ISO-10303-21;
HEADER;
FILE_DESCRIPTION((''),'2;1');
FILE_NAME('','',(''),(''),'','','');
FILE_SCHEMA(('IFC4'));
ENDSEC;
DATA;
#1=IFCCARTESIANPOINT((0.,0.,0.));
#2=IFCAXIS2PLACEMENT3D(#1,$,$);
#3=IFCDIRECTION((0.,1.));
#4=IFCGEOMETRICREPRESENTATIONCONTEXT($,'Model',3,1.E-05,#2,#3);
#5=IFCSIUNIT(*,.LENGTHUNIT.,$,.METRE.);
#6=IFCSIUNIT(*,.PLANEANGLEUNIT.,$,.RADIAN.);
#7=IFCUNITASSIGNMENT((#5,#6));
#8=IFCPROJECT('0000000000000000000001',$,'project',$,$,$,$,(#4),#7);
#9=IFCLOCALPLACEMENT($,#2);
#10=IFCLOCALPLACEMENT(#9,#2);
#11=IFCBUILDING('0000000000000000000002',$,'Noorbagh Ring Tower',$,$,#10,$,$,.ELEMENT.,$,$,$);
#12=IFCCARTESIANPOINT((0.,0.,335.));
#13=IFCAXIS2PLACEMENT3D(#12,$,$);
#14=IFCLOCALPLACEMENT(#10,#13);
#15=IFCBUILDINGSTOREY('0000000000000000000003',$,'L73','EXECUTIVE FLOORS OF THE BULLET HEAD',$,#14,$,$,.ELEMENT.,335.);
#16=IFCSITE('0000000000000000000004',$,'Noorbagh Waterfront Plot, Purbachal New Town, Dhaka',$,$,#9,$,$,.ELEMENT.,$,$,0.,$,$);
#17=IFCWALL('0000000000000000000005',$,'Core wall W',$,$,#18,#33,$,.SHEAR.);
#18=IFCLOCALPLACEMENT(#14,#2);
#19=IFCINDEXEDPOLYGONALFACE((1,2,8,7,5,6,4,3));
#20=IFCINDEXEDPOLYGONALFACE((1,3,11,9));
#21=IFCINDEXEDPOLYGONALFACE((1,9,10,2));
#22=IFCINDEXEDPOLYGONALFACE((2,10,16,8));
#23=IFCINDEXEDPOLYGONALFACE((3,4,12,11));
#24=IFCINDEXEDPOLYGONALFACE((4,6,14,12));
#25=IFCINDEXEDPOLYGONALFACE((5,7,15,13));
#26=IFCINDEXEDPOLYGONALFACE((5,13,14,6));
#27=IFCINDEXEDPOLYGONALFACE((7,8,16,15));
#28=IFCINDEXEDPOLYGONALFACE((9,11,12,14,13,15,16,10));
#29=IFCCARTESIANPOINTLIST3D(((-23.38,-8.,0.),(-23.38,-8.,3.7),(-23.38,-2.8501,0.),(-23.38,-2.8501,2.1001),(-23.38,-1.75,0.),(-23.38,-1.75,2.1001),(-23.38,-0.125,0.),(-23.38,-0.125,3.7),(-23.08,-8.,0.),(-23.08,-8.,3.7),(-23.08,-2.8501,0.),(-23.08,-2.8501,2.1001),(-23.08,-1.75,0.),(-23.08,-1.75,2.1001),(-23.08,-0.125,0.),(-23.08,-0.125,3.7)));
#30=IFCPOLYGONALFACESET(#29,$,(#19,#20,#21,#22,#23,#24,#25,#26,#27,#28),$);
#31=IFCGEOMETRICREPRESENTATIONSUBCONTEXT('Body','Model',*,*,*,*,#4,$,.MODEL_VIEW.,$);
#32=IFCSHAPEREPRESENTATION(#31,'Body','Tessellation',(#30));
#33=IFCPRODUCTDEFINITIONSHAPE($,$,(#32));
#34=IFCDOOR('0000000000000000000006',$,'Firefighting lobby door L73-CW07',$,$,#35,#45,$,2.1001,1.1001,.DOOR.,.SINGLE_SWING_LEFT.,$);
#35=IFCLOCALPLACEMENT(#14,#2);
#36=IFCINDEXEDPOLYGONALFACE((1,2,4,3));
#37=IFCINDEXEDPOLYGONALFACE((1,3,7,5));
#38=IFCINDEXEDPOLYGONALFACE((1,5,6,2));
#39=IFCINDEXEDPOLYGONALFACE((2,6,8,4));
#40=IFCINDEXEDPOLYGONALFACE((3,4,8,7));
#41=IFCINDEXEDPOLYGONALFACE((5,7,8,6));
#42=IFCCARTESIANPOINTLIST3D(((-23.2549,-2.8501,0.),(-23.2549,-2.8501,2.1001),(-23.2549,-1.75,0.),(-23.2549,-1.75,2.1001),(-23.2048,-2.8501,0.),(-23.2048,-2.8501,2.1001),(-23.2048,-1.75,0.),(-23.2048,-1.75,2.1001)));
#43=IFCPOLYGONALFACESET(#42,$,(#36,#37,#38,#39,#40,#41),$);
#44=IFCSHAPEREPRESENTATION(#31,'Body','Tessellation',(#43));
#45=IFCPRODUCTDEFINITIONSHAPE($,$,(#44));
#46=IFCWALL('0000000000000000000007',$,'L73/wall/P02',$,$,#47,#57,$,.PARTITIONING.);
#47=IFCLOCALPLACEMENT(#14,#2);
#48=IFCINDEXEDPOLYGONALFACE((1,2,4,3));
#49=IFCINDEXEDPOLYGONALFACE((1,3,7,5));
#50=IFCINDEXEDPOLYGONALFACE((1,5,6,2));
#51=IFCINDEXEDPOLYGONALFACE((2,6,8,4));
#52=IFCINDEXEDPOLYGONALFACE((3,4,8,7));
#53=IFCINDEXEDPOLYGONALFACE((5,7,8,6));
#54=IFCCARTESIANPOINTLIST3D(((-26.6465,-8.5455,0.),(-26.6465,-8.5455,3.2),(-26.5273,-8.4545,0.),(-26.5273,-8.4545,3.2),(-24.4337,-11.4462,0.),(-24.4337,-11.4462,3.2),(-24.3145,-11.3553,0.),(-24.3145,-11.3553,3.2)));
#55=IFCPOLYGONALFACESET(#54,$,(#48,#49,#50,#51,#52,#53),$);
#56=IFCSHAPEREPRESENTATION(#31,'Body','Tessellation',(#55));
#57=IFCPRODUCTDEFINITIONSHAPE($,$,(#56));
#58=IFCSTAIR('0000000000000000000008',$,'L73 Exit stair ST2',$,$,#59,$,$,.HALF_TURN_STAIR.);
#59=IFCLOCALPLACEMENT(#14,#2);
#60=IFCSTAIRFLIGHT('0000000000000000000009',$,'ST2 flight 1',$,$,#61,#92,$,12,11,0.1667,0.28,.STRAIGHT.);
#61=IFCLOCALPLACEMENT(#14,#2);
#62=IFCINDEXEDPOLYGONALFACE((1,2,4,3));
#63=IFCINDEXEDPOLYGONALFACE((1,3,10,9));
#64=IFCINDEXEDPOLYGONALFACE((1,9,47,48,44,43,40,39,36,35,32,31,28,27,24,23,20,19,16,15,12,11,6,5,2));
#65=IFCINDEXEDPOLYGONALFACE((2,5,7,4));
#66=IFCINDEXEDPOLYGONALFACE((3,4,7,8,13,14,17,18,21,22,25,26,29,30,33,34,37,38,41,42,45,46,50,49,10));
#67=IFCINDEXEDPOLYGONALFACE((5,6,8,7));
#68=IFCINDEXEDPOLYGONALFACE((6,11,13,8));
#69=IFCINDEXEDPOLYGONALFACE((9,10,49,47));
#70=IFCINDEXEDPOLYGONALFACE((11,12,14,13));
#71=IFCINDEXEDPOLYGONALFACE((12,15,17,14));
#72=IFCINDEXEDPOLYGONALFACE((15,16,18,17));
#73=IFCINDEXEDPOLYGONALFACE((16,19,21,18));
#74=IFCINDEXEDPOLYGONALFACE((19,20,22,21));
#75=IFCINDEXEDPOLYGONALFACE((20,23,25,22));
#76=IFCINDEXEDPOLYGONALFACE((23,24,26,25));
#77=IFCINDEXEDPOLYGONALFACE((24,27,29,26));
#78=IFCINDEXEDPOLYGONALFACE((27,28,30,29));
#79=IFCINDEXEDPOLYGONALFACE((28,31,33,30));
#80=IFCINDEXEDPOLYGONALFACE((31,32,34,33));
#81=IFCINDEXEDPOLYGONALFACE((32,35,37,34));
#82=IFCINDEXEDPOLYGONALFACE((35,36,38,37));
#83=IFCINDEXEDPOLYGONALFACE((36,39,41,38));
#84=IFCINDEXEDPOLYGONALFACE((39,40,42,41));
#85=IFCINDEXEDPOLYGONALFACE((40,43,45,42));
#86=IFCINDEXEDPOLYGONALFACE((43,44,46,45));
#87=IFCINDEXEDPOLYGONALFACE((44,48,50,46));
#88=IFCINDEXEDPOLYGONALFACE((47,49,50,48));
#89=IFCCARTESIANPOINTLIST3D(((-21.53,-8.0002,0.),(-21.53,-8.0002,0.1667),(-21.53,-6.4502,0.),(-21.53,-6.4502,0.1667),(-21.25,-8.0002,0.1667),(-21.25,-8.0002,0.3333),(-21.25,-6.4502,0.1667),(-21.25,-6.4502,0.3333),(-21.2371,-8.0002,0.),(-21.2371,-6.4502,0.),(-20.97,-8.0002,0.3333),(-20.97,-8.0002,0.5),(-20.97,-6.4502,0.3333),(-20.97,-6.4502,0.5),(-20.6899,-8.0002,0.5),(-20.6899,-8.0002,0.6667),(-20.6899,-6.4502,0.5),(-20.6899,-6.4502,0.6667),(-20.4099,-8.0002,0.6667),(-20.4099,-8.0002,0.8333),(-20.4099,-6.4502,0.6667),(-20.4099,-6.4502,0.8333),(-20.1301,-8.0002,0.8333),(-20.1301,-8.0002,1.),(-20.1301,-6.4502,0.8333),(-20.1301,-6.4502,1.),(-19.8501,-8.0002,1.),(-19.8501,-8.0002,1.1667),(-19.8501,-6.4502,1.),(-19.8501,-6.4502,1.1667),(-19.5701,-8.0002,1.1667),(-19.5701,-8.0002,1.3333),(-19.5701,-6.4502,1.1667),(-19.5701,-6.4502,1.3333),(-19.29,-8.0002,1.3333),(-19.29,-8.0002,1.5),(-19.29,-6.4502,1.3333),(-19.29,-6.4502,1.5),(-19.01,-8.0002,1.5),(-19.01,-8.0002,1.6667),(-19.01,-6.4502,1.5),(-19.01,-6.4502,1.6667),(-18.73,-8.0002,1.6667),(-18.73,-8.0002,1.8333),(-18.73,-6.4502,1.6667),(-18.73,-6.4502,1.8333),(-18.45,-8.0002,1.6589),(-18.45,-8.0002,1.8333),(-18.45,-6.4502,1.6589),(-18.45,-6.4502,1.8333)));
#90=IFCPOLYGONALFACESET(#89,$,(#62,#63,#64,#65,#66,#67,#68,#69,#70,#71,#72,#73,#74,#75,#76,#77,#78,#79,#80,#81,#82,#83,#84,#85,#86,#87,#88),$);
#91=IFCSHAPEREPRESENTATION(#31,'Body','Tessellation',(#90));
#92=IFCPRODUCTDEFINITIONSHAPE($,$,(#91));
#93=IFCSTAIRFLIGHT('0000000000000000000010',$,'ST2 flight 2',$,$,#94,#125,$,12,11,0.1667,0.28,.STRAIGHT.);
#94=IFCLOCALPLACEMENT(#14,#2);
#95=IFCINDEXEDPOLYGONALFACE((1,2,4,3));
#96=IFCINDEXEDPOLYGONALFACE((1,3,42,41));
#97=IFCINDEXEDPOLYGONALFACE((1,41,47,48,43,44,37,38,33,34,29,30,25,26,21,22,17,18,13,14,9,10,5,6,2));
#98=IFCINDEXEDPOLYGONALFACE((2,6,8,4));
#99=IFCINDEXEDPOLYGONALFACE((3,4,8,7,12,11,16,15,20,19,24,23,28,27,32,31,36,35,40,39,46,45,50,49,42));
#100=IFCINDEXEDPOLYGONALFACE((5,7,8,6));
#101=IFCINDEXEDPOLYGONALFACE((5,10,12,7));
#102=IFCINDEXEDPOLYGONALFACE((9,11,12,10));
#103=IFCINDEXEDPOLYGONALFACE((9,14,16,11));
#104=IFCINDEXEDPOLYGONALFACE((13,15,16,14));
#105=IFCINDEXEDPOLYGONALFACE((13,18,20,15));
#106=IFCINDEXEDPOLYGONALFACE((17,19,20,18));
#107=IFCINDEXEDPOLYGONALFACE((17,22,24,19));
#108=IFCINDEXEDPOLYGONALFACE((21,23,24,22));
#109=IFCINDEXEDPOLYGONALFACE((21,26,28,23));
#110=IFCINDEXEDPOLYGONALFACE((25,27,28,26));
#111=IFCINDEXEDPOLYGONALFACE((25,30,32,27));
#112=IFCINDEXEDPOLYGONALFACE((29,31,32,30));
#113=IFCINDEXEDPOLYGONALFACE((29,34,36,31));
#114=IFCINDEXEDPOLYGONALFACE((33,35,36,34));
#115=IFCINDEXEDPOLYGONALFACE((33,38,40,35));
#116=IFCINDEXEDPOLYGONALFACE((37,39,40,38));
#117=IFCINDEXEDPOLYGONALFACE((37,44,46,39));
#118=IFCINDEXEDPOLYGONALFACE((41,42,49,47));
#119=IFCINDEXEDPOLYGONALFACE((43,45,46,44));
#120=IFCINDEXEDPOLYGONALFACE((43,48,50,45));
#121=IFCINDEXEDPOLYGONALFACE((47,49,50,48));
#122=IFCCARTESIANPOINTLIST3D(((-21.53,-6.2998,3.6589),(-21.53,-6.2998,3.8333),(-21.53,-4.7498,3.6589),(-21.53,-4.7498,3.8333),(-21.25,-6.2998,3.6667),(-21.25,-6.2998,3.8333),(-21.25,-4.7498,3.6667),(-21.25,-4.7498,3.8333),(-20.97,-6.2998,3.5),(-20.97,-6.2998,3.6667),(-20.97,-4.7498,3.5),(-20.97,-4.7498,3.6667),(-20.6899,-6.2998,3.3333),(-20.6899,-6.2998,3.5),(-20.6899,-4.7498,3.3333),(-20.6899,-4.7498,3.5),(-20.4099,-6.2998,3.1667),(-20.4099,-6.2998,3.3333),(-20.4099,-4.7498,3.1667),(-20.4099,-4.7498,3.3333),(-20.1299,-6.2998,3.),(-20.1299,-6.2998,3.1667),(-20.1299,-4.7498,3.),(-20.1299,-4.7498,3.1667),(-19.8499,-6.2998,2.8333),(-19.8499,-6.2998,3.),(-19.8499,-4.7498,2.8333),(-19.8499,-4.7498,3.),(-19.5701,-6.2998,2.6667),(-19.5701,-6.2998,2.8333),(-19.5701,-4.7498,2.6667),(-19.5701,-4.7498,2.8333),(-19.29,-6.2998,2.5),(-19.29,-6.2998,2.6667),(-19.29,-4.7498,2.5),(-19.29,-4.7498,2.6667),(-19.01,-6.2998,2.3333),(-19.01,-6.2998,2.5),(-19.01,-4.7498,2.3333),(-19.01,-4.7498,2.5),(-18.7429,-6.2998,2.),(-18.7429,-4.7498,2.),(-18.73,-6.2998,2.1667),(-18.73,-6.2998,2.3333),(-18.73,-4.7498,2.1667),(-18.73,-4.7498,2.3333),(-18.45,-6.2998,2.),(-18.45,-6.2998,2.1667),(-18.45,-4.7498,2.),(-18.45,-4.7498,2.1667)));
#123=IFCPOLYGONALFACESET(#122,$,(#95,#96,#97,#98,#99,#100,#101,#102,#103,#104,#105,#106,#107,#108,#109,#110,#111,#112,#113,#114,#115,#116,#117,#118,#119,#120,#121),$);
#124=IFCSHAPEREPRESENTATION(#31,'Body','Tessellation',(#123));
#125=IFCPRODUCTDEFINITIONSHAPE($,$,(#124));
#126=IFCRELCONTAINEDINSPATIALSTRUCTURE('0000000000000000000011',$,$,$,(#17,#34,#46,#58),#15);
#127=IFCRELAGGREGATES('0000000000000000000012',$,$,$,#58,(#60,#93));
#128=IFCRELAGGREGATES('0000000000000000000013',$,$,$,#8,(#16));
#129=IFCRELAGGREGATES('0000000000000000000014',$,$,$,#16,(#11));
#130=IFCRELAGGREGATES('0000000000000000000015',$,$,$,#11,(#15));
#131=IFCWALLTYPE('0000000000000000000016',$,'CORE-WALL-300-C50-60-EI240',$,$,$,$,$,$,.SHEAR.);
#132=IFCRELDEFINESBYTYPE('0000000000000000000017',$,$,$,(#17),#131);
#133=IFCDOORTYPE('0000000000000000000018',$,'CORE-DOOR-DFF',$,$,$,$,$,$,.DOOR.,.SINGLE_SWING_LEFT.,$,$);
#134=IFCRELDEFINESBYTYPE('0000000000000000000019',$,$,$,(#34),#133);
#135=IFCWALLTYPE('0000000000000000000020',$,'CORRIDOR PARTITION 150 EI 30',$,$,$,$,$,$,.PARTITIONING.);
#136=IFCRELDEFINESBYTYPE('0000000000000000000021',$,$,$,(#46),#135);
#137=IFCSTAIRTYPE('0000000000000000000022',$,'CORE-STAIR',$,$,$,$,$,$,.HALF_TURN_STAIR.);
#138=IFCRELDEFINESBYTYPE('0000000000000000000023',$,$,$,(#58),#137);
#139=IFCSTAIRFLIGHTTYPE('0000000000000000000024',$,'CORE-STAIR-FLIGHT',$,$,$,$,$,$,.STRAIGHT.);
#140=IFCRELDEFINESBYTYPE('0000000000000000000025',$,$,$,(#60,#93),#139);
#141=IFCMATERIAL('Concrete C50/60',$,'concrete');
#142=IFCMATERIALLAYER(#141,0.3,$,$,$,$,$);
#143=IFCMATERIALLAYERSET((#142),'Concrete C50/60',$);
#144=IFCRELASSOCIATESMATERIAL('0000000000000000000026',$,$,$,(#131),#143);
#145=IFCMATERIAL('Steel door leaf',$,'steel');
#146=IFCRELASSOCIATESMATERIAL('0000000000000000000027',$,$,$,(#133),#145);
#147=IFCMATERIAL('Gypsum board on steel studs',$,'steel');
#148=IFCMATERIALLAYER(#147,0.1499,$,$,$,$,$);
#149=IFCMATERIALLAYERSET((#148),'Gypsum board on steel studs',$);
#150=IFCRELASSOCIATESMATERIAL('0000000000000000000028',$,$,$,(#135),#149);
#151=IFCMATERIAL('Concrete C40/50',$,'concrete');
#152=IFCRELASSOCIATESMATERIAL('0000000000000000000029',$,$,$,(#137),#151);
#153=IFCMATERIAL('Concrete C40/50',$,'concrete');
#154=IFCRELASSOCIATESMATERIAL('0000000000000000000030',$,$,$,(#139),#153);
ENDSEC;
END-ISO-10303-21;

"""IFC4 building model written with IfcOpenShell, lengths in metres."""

from ifc_helpers import new_model, si_unit, direction, frame, frame_2d, origin, place, context, subcontext, project, spatial, polyline, rectangle, outline, extrude, material, layer, layer_set, type_object, element, fill, aggregate, save


model = new_model("IFC4")

# Units and contexts
model_context = context("Model", 3, precision=1e-05, world=origin(), true_north=direction((0.0, 1.0)))
body_context = subcontext(model_context, "Body", "Model", "MODEL_VIEW")
ifc_project = project(units=[si_unit("LENGTHUNIT", "METRE"), si_unit("PLANEANGLEUNIT", "RADIAN")], contexts=[model_context])

# Site, building, storey
site_placement = place(None, origin())
site = spatial("IfcSite", under=ifc_project, at=site_placement, Name="Noorbagh Waterfront Plot, Purbachal New Town, Dhaka", CompositionType="ELEMENT", RefElevation=0.0)
building_placement = place(site_placement, origin())
building = spatial("IfcBuilding", under=site, at=building_placement, Name="Noorbagh Ring Tower", CompositionType="ELEMENT")
storey_placement = place(building_placement, frame((0.0, 0.0, 335.0)))
storey = spatial("IfcBuildingStorey", under=building, at=storey_placement, Name="L73", Description="EXECUTIVE FLOORS OF THE BULLET HEAD", CompositionType="ELEMENT", Elevation=335.0)

# Wall, opening, door
ifc_material_1 = material(Name="Concrete C50/60", Category="concrete")
ifc_layer_1 = layer(ifc_material_1, 0.3)
ifc_layer_set_1 = layer_set([ifc_layer_1], Name="Concrete C50/60")
wall_type_1 = type_object("IfcWallType", Name="CORE-WALL-300-C50-60-EI240", PredefinedType="SHEAR", material=ifc_layer_set_1)
wall_1_placement = place(storey_placement, frame((-23.23, -8.0, 0.0), z_axis=(0.0, 0.0, 1.0), x_axis=(0.0, 1.0, 0.0)))
wall_1 = element("IfcWall", 1, at=wall_1_placement, inside=storey, type_object=wall_type_1, Name="Core wall W", PredefinedType="SHEAR", context=body_context, shape_type="SweptSolid", body=[
    extrude(rectangle(XDim=7.875, YDim=0.3, at=frame_2d((3.9375, 0.0))), origin(), (0.0, 0.0, 1.0), 3.7),
])
opening_1_placement = place(wall_1_placement, frame((5.1499, 0.0, 0.0)))
opening_1 = element("IfcOpeningElement", 2, at=opening_1_placement, cuts=wall_1, PredefinedType="OPENING", context=body_context, shape_type="SweptSolid", body=[
    extrude(rectangle(XDim=1.1001, YDim=2.1001, at=frame_2d((0.55, 1.05))), frame((0.0, 0.1602, 0.0), z_axis=(0.0, -1.0, 0.0), x_axis=(1.0, 0.0, 0.0)), (0.0, 0.0, 1.0), 0.3201),
])
ifc_material_2 = material(Name="Steel door leaf", Category="steel")
door_type_1 = type_object("IfcDoorType", Name="CORE-DOOR-DFF", OperationType="SINGLE_SWING_LEFT", PredefinedType="DOOR", material=ifc_material_2)
door_1_placement = place(opening_1_placement, origin())
door_1 = element("IfcDoor", 3, at=door_1_placement, inside=storey, type_object=door_type_1, Name="Firefighting lobby door L73-CW07", OperationType="SINGLE_SWING_LEFT", OverallHeight=2.1001, OverallWidth=1.1001, PredefinedType="DOOR", context=body_context, shape_type="SweptSolid", body=[
    extrude(rectangle(XDim=1.1001, YDim=2.1001, at=frame_2d((0.55, 1.05))), frame((0.0, 0.0249, 0.0), z_axis=(0.0, -1.0, 0.0), x_axis=(1.0, 0.0, 0.0)), (0.0, 0.0, 1.0), 0.05),
])
fill(opening_1, door_1)

# Wall
ifc_material_3 = material(Name="Gypsum board on steel studs", Category="steel")
ifc_layer_2 = layer(ifc_material_3, 0.1499)
ifc_layer_set_2 = layer_set([ifc_layer_2], Name="Gypsum board on steel studs")
wall_type_2 = type_object("IfcWallType", Name="CORRIDOR PARTITION 150 EI 30", PredefinedType="PARTITIONING", material=ifc_layer_set_2)
wall_2_placement = place(storey_placement, frame((-26.5869, -8.5, 0.0), z_axis=(0.0, 0.0, 1.0), x_axis=(0.606511, -0.795075, 0.0)))
element("IfcWall", 4, at=wall_2_placement, inside=storey, type_object=wall_type_2, Name="L73/wall/P02", PredefinedType="PARTITIONING", context=body_context, shape_type="SweptSolid", body=[
    extrude(rectangle(XDim=3.6484, YDim=0.1499, at=frame_2d((1.8242, 0.0))), origin(), (0.0, 0.0, 1.0), 3.2),
])

# Stair, stair flights
ifc_material_4 = material(Name="Concrete C40/50", Category="concrete")
stair_type = type_object("IfcStairType", Name="CORE-STAIR", PredefinedType="HALF_TURN_STAIR", material=ifc_material_4)
stair_placement = place(storey_placement, origin())
stair = element("IfcStair", 5, at=stair_placement, inside=storey, type_object=stair_type, Name="L73 Exit stair ST2", PredefinedType="HALF_TURN_STAIR")
ifc_material_5 = material(Name="Concrete C40/50", Category="concrete")
stair_flight_type = type_object("IfcStairFlightType", Name="CORE-STAIR-FLIGHT", PredefinedType="STRAIGHT", material=ifc_material_5)
stair_flight_1_placement = place(storey_placement, frame((-21.53, -7.2251, 0.0), z_axis=(0.0, 0.0, 1.0), x_axis=(1.0, 0.0, 0.0)))
stair_flight_1 = element("IfcStairFlight", 6, at=stair_flight_1_placement, type_object=stair_flight_type, Name="ST2 flight 1", NumberOfRisers=12, NumberOfTreads=11, PredefinedType="STRAIGHT", RiserHeight=0.1667, TreadLength=0.28, context=body_context, shape_type="SweptSolid", body=[
    extrude(outline(polyline([(0.0, 0.0), (0.0, 0.1667), (0.28, 0.1667), (0.28, 0.3333), (0.5601, 0.3333), (0.5601, 0.5), (0.8401, 0.5), (0.8401, 0.6667), (1.1201, 0.6667), (1.1201, 0.8333), (1.3999, 0.8333), (1.3999, 1.0), (1.6799, 1.0), (1.6799, 1.1667), (1.96, 1.1667), (1.96, 1.3333), (2.24, 1.3333), (2.24, 1.5), (2.52, 1.5), (2.52, 1.6667), (2.8, 1.6667), (2.8, 1.8333), (3.0801, 1.8333), (3.0801, 2.0), (3.0801, 1.6589), (0.293, 0.0), (0.0, 0.0)])), frame((0.0, 0.7749, 0.0), z_axis=(0.0, -1.0, 0.0), x_axis=(1.0, 0.0, 0.0)), (0.0, 0.0, 1.0), 1.55),
])
stair_flight_2_placement = place(storey_placement, frame((-18.45, -5.5249, 2.0), z_axis=(0.0, 0.0, 1.0), x_axis=(-1.0, 0.0, 0.0)))
stair_flight_2 = element("IfcStairFlight", 7, at=stair_flight_2_placement, type_object=stair_flight_type, Name="ST2 flight 2", NumberOfRisers=12, NumberOfTreads=11, PredefinedType="STRAIGHT", RiserHeight=0.1667, TreadLength=0.28, context=body_context, shape_type="SweptSolid", body=[
    extrude(outline(polyline([(0.0, 0.0), (0.0, 0.1667), (0.28, 0.1667), (0.28, 0.3333), (0.5601, 0.3333), (0.5601, 0.5), (0.8401, 0.5), (0.8401, 0.6667), (1.1201, 0.6667), (1.1201, 0.8333), (1.3999, 0.8333), (1.3999, 1.0), (1.6799, 1.0), (1.6799, 1.1667), (1.96, 1.1667), (1.96, 1.3333), (2.24, 1.3333), (2.24, 1.5), (2.52, 1.5), (2.52, 1.6667), (2.8, 1.6667), (2.8, 1.8333), (3.0801, 1.8333), (3.0801, 2.0), (3.0801, 1.6589), (0.293, 0.0), (0.0, 0.0)])), frame((0.0, 0.7749, 0.0), z_axis=(0.0, -1.0, 0.0), x_axis=(1.0, 0.0, 0.0)), (0.0, 0.0, 1.0), 1.55),
])
aggregate(stair, [stair_flight_1, stair_flight_2])

save(model, "model.ifc")
